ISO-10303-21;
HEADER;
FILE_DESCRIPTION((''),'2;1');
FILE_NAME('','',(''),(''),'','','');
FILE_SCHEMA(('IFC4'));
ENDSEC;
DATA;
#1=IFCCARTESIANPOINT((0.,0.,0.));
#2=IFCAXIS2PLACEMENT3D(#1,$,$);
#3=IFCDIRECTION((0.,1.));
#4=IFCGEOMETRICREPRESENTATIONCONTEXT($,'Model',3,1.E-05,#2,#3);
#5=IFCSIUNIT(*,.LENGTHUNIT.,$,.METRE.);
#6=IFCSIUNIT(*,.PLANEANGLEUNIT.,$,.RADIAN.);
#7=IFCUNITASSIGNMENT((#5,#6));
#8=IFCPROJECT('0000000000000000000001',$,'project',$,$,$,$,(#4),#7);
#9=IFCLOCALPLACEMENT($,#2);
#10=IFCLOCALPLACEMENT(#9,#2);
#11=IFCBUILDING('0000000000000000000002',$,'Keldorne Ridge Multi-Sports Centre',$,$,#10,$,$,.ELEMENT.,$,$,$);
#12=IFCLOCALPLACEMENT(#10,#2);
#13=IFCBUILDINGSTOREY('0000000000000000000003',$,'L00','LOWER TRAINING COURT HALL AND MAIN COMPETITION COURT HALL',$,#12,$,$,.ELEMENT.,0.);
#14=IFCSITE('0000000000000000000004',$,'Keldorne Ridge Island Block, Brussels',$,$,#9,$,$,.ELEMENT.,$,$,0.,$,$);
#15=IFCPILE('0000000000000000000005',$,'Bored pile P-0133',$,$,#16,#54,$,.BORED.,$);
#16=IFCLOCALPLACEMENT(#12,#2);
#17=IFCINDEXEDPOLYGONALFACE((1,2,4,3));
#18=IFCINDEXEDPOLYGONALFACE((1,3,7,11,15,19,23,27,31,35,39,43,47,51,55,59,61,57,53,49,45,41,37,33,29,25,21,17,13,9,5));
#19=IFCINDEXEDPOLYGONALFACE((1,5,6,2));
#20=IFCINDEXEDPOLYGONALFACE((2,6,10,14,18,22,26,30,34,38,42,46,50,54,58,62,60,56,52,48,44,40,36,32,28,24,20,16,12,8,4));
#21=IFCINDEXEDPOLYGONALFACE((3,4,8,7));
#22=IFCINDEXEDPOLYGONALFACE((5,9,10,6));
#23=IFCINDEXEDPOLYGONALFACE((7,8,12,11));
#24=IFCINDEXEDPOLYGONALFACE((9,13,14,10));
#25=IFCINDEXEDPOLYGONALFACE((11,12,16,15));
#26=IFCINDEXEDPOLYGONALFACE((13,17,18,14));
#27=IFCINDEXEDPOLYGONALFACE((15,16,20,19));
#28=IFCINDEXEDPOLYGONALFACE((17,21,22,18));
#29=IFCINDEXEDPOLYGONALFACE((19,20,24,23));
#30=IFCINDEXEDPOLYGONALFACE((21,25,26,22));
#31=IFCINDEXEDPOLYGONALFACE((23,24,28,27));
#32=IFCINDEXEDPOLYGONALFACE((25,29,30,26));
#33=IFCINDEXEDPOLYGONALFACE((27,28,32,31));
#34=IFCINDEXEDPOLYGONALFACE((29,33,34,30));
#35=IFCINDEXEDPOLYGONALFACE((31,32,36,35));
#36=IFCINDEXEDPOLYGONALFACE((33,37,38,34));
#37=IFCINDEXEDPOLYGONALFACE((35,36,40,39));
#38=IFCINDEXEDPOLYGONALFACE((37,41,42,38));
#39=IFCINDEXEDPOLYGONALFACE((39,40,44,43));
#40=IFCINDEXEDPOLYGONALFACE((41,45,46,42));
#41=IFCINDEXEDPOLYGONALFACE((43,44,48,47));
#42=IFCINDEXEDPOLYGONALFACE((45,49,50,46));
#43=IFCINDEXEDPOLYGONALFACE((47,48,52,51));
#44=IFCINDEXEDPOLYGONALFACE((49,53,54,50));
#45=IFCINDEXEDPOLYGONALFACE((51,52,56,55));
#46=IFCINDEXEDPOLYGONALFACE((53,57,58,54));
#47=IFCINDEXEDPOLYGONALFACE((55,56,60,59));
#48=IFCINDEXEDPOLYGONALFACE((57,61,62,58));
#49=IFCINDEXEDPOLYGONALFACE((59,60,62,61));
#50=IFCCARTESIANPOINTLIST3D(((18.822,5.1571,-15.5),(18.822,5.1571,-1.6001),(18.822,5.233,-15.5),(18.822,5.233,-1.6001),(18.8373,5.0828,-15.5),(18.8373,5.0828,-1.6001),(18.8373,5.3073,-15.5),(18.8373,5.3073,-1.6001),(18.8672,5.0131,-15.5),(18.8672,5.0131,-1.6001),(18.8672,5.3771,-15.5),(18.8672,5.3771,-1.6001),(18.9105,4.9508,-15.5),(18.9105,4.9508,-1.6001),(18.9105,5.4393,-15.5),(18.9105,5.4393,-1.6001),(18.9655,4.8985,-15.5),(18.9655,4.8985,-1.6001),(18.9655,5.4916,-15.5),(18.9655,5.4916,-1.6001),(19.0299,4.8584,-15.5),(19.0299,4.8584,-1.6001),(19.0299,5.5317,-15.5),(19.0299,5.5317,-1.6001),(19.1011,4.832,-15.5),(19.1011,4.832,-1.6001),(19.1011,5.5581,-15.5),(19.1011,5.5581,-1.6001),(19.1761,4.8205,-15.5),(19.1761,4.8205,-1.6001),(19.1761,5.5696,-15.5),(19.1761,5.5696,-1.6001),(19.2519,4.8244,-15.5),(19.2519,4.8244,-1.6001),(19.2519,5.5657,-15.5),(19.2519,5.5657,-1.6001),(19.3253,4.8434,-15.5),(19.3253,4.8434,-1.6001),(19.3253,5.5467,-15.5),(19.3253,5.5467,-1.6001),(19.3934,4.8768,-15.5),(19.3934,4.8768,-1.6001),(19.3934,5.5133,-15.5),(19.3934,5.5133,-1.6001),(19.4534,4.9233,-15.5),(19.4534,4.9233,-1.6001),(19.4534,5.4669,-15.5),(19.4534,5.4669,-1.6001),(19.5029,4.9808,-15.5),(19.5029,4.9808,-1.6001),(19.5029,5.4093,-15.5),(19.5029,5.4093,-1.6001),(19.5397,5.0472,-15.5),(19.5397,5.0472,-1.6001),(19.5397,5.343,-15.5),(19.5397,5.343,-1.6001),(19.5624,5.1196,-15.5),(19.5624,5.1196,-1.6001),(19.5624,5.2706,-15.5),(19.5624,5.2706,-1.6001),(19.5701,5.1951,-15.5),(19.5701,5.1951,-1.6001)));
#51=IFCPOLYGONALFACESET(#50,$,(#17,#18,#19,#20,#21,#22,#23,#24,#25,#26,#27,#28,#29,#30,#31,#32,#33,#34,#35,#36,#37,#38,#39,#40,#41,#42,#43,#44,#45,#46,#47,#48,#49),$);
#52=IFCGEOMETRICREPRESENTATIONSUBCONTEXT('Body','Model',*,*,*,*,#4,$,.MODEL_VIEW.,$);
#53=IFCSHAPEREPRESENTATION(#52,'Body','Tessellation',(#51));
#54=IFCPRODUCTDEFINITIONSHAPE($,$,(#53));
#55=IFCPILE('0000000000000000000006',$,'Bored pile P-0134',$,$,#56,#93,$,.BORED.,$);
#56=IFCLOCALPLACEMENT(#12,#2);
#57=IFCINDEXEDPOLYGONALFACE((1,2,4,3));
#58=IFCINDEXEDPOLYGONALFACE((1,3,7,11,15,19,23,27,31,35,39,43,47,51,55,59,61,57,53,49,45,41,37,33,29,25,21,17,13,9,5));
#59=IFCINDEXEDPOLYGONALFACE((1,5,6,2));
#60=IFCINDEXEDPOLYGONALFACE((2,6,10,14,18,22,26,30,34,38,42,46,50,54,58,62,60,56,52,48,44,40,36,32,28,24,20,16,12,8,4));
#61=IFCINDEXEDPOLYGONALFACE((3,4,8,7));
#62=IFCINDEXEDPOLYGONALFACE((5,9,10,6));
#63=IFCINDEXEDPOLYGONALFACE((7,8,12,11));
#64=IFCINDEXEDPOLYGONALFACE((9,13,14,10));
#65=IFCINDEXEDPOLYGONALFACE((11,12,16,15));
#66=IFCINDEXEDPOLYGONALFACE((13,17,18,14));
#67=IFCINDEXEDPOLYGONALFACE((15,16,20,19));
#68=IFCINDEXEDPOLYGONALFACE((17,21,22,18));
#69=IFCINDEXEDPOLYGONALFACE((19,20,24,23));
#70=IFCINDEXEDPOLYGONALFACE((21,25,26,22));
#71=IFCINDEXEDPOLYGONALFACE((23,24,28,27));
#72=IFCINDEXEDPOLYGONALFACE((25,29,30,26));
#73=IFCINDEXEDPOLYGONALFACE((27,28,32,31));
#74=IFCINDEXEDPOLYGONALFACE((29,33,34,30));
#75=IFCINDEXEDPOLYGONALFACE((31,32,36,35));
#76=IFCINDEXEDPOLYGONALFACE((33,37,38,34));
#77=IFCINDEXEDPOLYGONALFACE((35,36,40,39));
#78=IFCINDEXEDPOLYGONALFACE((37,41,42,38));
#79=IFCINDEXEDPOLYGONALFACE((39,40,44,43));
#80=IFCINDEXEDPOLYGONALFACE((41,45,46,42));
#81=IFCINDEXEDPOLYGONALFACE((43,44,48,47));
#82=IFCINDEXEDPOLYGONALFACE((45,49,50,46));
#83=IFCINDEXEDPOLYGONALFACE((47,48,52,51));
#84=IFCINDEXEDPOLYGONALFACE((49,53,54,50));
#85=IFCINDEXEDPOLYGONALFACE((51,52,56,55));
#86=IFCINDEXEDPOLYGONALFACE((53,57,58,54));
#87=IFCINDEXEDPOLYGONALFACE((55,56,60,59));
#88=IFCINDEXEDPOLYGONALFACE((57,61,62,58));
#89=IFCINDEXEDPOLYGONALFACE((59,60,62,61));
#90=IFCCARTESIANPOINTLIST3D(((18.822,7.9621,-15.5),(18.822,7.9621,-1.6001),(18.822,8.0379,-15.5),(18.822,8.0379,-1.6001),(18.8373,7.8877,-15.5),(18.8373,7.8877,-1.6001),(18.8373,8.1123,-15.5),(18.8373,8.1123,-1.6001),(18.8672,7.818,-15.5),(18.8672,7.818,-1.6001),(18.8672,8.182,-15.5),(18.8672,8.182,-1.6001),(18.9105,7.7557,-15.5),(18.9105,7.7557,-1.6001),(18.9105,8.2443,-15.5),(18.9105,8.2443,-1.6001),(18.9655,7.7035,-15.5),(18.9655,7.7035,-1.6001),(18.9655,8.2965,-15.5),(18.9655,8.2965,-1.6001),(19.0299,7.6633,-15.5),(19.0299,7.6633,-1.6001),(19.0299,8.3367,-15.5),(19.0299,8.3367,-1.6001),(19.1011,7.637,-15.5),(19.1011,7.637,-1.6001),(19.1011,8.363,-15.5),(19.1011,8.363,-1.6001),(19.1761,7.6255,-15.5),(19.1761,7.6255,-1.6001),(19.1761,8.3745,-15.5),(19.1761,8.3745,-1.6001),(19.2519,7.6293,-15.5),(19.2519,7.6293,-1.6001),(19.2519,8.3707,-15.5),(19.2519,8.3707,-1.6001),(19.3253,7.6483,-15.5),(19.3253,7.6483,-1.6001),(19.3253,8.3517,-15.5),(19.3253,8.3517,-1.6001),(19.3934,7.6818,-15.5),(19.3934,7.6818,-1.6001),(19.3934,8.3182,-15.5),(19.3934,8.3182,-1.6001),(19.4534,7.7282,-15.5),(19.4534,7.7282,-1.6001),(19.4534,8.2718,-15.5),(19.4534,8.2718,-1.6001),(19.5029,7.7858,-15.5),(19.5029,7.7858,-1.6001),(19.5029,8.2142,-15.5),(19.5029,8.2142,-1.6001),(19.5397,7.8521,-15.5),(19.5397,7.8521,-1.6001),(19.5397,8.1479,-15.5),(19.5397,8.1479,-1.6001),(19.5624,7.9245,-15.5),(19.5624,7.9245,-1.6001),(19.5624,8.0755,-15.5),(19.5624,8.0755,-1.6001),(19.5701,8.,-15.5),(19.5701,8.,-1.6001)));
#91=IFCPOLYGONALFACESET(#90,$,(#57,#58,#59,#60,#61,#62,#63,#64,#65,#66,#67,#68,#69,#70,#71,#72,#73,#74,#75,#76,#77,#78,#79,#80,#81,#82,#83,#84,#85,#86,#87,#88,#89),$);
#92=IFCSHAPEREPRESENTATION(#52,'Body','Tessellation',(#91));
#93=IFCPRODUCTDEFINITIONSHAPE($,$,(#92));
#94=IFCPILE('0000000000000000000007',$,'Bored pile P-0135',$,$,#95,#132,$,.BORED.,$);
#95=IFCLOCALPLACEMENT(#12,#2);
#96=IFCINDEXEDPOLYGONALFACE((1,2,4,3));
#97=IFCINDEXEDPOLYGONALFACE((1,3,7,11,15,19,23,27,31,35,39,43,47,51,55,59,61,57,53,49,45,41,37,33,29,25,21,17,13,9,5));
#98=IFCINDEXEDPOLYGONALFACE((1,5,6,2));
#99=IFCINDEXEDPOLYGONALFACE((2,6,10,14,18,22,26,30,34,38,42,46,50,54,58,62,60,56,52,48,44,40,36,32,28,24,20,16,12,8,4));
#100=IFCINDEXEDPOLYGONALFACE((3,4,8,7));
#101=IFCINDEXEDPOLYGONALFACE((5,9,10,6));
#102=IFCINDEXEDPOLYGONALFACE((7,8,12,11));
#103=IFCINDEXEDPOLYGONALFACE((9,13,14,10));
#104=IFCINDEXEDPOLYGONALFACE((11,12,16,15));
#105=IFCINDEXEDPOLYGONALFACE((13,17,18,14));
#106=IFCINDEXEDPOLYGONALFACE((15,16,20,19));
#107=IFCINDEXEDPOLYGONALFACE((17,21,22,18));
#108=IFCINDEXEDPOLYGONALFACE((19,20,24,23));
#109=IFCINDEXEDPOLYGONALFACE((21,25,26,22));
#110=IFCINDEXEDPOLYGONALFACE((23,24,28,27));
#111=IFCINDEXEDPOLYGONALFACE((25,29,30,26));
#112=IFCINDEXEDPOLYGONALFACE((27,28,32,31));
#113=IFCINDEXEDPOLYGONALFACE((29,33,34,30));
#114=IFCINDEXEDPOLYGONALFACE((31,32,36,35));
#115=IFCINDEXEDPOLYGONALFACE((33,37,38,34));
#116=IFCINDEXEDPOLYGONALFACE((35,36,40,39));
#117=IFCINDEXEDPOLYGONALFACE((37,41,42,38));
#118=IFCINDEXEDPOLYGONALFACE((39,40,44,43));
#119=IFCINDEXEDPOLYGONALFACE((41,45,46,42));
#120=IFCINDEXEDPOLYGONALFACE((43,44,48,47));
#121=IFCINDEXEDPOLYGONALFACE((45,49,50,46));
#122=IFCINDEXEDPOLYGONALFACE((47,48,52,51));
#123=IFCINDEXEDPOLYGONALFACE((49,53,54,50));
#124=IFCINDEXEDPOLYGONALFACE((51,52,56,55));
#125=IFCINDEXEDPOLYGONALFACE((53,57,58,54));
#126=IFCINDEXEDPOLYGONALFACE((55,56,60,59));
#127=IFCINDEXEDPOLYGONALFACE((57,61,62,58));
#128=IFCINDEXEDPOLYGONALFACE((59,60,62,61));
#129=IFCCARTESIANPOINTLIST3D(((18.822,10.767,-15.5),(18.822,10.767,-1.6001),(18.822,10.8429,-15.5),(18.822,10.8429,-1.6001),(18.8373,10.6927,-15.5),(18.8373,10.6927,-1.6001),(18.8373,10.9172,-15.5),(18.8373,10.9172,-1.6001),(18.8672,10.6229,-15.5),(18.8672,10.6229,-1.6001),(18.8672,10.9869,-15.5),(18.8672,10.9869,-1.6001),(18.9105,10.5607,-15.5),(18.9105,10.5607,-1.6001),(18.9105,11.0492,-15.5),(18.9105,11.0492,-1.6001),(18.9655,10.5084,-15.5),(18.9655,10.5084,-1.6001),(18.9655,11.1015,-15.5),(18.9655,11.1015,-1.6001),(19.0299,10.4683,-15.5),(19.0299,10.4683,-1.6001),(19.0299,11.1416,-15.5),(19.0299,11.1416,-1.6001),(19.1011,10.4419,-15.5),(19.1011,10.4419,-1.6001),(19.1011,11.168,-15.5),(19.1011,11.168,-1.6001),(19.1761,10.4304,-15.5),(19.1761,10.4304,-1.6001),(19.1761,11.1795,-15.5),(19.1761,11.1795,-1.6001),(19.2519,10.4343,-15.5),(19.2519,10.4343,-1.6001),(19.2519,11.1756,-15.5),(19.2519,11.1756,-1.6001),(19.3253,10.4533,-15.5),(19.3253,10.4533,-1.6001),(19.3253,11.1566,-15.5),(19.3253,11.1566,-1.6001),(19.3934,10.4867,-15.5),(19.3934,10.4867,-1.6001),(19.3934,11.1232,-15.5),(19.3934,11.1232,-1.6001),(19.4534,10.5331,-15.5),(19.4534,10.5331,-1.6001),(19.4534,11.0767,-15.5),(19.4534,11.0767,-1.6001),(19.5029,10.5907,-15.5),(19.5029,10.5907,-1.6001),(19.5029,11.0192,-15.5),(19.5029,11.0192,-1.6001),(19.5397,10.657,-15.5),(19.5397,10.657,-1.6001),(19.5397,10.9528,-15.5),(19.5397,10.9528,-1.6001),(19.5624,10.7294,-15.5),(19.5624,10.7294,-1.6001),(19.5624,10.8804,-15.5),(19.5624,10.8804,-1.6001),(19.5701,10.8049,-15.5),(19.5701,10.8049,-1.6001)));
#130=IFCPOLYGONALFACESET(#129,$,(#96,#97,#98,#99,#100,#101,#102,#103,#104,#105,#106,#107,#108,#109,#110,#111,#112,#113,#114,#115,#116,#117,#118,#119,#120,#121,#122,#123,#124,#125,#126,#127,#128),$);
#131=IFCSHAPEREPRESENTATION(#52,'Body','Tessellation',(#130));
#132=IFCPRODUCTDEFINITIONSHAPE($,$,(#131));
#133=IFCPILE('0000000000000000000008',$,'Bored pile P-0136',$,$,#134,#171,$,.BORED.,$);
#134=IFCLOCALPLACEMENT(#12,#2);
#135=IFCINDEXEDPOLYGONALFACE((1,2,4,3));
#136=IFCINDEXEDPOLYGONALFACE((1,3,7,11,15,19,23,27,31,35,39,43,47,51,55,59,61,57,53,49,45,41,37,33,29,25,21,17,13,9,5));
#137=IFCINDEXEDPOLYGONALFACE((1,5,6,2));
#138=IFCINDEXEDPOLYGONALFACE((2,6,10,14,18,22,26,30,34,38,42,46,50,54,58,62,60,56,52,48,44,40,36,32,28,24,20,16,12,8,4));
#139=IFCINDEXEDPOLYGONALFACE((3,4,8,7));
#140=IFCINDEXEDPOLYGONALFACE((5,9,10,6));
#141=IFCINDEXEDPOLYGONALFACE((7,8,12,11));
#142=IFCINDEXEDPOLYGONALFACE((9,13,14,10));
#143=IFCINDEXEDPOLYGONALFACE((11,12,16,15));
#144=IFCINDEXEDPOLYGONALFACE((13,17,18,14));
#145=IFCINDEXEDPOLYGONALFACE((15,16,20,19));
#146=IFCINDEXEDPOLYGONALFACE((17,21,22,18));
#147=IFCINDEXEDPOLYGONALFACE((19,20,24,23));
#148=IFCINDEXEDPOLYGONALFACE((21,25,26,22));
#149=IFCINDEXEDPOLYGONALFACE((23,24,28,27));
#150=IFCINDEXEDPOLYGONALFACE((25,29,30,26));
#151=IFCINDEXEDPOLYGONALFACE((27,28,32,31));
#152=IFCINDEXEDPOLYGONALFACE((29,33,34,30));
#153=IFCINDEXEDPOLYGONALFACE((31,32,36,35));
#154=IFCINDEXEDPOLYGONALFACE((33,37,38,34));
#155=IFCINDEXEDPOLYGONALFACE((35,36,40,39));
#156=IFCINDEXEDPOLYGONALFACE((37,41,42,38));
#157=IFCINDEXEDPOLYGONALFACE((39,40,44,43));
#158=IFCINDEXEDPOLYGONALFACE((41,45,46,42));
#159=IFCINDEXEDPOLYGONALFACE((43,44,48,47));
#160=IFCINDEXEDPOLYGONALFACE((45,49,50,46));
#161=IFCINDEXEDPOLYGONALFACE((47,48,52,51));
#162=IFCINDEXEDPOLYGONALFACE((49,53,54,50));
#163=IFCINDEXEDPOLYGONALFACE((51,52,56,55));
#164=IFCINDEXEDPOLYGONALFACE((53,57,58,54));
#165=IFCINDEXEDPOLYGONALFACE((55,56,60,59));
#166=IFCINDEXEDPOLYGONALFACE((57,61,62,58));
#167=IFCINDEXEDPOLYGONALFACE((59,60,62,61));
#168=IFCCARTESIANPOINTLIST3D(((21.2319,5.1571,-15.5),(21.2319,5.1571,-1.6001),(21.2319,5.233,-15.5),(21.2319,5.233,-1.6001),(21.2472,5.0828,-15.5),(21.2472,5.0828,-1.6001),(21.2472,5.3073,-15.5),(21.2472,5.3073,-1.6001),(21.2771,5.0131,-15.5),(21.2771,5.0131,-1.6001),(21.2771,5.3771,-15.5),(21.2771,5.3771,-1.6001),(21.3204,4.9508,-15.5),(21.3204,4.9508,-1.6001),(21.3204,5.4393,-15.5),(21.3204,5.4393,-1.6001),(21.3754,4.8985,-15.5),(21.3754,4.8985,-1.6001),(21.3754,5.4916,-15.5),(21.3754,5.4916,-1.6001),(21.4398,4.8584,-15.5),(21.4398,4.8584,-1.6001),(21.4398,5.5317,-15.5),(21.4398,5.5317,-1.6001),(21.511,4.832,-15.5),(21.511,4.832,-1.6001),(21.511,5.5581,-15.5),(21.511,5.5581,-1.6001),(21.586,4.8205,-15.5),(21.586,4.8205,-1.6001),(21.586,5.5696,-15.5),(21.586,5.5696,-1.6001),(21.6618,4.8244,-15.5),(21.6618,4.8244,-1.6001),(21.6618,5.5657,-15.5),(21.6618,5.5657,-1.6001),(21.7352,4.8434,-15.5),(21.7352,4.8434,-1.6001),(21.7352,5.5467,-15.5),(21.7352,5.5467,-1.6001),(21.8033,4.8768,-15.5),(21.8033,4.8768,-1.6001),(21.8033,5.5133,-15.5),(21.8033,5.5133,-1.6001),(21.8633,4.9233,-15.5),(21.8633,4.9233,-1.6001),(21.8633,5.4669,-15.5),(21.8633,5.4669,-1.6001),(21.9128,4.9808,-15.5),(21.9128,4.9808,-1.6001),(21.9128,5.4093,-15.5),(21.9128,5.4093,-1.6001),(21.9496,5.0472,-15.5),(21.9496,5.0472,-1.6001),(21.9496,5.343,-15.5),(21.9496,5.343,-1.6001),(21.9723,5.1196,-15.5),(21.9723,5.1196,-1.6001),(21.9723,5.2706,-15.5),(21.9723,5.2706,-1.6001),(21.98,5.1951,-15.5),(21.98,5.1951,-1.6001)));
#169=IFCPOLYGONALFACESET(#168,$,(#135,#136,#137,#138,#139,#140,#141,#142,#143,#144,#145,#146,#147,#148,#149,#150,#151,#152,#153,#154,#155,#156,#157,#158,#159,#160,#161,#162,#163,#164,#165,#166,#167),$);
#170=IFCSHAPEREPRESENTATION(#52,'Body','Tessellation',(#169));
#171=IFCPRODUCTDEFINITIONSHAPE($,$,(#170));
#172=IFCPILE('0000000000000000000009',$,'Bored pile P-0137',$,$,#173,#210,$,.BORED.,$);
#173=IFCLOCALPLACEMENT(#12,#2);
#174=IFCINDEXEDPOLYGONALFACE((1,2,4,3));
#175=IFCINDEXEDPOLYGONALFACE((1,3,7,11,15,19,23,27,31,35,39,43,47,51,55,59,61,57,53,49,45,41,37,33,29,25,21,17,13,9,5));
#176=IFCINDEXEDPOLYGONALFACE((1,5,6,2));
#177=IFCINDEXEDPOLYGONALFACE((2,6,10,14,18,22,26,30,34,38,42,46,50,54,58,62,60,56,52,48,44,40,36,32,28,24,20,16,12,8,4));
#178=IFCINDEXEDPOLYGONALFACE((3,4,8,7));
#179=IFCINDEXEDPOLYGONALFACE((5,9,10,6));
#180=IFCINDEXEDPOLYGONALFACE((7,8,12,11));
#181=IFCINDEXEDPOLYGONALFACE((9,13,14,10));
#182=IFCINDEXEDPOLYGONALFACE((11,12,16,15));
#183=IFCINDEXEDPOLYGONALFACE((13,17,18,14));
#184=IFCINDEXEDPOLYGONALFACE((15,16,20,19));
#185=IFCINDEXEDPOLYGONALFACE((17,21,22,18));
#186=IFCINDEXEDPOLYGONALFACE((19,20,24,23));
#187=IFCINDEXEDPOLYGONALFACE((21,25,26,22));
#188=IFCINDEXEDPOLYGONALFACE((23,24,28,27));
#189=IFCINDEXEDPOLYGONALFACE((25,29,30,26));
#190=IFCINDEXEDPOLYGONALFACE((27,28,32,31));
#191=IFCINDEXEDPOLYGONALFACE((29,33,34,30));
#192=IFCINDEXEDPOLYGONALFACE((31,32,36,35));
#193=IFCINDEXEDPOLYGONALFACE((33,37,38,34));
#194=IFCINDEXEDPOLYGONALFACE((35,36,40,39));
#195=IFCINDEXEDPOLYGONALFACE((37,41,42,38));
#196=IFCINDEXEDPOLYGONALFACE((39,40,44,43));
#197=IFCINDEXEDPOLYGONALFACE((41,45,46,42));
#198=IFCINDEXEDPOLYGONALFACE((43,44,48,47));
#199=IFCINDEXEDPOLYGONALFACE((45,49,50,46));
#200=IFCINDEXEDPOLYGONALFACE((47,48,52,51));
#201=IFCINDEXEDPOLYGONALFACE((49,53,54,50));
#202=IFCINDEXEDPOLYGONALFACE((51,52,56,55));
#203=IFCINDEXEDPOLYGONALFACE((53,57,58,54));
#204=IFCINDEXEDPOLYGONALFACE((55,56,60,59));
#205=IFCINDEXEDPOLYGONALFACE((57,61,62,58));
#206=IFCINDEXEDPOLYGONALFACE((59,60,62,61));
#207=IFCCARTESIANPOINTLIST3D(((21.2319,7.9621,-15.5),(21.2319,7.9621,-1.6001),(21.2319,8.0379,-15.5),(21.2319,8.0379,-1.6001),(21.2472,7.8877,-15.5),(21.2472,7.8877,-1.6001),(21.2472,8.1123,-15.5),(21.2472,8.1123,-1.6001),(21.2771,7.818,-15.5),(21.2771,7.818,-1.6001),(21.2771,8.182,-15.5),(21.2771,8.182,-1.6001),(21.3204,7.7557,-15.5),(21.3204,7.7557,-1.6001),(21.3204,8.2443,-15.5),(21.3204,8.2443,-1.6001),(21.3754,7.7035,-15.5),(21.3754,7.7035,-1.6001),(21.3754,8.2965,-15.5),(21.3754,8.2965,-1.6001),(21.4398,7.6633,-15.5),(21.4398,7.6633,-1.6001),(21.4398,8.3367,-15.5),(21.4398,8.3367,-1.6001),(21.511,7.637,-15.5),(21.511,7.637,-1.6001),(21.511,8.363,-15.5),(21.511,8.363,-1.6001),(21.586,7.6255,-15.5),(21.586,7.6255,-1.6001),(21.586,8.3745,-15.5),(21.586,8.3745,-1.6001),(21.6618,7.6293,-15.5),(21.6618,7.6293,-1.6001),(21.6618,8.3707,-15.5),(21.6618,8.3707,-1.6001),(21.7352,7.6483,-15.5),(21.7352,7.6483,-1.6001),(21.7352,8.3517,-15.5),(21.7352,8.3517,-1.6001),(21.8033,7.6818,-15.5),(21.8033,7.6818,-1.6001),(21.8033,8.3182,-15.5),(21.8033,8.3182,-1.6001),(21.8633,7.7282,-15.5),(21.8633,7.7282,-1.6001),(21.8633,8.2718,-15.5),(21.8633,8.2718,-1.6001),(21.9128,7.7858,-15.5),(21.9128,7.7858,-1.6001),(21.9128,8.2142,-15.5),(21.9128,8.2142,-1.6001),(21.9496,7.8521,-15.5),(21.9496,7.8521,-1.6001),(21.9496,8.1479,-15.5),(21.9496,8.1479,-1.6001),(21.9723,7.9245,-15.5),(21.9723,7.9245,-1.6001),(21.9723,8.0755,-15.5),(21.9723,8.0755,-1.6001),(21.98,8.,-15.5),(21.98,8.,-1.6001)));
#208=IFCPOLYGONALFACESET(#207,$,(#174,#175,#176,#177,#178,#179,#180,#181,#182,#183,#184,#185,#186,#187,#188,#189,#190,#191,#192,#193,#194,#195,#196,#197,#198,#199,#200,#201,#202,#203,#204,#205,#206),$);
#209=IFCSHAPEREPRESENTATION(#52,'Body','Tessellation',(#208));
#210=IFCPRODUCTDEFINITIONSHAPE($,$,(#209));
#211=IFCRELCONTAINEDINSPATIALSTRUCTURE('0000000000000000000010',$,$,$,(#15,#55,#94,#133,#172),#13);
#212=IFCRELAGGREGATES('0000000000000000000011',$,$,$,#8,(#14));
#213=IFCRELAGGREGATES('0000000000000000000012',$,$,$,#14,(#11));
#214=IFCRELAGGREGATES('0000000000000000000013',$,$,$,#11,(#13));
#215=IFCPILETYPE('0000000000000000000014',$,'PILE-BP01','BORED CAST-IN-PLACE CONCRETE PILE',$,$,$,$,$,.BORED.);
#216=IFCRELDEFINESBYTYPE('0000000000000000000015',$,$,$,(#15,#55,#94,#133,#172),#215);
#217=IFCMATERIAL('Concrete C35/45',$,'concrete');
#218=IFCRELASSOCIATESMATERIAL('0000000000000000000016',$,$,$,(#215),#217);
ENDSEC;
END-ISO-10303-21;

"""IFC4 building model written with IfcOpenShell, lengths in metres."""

from ifc_helpers import new_model, si_unit, direction, frame, origin, origin_2d, place, context, subcontext, project, spatial, circle, extrude, material, material_profile, profile_set, type_object, element, save


model = new_model("IFC4")

# Units and contexts
model_context = context("Model", 3, precision=1e-05, world=origin(), true_north=direction((0.0, 1.0)))
body_context = subcontext(model_context, "Body", "Model", "MODEL_VIEW")
ifc_project = project(units=[si_unit("LENGTHUNIT", "METRE"), si_unit("PLANEANGLEUNIT", "RADIAN")], contexts=[model_context])

# Site, building, storey
site_placement = place(None, origin())
site = spatial("IfcSite", under=ifc_project, at=site_placement, Name="Keldorne Ridge Island Block, Brussels", CompositionType="ELEMENT", RefElevation=0.0)
building_placement = place(site_placement, origin())
building = spatial("IfcBuilding", under=site, at=building_placement, Name="Keldorne Ridge Multi-Sports Centre", CompositionType="ELEMENT")
storey_placement = place(building_placement, origin())
storey = spatial("IfcBuildingStorey", under=building, at=storey_placement, Name="L00", Description="LOWER TRAINING COURT HALL AND MAIN COMPETITION COURT HALL", CompositionType="ELEMENT", Elevation=0.0)

# Shared definitions
ifc_material_1 = material(Name="Concrete C35/45", Category="concrete")

# Piles
ifc_material_profile_1 = material_profile(ifc_material_1, circle(Radius=0.375, at=origin_2d()), Name="BORED PILE D750")
ifc_profile_set_1 = profile_set([ifc_material_profile_1], Name="Concrete C35/45")
pile_type = type_object("IfcPileType", Name="PILE-BP01", Description="BORED CAST-IN-PLACE CONCRETE PILE", PredefinedType="BORED", material=ifc_profile_set_1)
for number, where, z_axis, x_axis, name in (
    (1, (19.1951, 5.1951, -1.6001), (0.0, 0.0, -1.0), (1.0, 0.0, 0.0), "Bored pile P-0133"),
    (2, (19.1951, 8.0, -1.6001), (0.0, 0.0, -1.0), (1.0, 0.0, 0.0), "Bored pile P-0134"),
    (3, (19.1951, 10.8049, -1.6001), (0.0, 0.0, -1.0), (1.0, 0.0, 0.0), "Bored pile P-0135"),
    (4, (21.605, 5.1951, -1.6001), (0.0, 0.0, -1.0), (1.0, 0.0, 0.0), "Bored pile P-0136"),
    (5, (21.605, 8.0, -1.6001), (0.0, 0.0, -1.0), (1.0, 0.0, 0.0), "Bored pile P-0137"),
):
    element("IfcPile", number, at=place(storey_placement, frame(where, z_axis=z_axis, x_axis=x_axis)), inside=storey, type_object=pile_type, Name=name, PredefinedType="BORED", context=body_context, shape_type="SweptSolid", body=[
        extrude(circle(Radius=0.375, at=origin_2d()), origin(), (0.0, 0.0, 1.0), 13.8999),
    ])

save(model, "model.ifc")
